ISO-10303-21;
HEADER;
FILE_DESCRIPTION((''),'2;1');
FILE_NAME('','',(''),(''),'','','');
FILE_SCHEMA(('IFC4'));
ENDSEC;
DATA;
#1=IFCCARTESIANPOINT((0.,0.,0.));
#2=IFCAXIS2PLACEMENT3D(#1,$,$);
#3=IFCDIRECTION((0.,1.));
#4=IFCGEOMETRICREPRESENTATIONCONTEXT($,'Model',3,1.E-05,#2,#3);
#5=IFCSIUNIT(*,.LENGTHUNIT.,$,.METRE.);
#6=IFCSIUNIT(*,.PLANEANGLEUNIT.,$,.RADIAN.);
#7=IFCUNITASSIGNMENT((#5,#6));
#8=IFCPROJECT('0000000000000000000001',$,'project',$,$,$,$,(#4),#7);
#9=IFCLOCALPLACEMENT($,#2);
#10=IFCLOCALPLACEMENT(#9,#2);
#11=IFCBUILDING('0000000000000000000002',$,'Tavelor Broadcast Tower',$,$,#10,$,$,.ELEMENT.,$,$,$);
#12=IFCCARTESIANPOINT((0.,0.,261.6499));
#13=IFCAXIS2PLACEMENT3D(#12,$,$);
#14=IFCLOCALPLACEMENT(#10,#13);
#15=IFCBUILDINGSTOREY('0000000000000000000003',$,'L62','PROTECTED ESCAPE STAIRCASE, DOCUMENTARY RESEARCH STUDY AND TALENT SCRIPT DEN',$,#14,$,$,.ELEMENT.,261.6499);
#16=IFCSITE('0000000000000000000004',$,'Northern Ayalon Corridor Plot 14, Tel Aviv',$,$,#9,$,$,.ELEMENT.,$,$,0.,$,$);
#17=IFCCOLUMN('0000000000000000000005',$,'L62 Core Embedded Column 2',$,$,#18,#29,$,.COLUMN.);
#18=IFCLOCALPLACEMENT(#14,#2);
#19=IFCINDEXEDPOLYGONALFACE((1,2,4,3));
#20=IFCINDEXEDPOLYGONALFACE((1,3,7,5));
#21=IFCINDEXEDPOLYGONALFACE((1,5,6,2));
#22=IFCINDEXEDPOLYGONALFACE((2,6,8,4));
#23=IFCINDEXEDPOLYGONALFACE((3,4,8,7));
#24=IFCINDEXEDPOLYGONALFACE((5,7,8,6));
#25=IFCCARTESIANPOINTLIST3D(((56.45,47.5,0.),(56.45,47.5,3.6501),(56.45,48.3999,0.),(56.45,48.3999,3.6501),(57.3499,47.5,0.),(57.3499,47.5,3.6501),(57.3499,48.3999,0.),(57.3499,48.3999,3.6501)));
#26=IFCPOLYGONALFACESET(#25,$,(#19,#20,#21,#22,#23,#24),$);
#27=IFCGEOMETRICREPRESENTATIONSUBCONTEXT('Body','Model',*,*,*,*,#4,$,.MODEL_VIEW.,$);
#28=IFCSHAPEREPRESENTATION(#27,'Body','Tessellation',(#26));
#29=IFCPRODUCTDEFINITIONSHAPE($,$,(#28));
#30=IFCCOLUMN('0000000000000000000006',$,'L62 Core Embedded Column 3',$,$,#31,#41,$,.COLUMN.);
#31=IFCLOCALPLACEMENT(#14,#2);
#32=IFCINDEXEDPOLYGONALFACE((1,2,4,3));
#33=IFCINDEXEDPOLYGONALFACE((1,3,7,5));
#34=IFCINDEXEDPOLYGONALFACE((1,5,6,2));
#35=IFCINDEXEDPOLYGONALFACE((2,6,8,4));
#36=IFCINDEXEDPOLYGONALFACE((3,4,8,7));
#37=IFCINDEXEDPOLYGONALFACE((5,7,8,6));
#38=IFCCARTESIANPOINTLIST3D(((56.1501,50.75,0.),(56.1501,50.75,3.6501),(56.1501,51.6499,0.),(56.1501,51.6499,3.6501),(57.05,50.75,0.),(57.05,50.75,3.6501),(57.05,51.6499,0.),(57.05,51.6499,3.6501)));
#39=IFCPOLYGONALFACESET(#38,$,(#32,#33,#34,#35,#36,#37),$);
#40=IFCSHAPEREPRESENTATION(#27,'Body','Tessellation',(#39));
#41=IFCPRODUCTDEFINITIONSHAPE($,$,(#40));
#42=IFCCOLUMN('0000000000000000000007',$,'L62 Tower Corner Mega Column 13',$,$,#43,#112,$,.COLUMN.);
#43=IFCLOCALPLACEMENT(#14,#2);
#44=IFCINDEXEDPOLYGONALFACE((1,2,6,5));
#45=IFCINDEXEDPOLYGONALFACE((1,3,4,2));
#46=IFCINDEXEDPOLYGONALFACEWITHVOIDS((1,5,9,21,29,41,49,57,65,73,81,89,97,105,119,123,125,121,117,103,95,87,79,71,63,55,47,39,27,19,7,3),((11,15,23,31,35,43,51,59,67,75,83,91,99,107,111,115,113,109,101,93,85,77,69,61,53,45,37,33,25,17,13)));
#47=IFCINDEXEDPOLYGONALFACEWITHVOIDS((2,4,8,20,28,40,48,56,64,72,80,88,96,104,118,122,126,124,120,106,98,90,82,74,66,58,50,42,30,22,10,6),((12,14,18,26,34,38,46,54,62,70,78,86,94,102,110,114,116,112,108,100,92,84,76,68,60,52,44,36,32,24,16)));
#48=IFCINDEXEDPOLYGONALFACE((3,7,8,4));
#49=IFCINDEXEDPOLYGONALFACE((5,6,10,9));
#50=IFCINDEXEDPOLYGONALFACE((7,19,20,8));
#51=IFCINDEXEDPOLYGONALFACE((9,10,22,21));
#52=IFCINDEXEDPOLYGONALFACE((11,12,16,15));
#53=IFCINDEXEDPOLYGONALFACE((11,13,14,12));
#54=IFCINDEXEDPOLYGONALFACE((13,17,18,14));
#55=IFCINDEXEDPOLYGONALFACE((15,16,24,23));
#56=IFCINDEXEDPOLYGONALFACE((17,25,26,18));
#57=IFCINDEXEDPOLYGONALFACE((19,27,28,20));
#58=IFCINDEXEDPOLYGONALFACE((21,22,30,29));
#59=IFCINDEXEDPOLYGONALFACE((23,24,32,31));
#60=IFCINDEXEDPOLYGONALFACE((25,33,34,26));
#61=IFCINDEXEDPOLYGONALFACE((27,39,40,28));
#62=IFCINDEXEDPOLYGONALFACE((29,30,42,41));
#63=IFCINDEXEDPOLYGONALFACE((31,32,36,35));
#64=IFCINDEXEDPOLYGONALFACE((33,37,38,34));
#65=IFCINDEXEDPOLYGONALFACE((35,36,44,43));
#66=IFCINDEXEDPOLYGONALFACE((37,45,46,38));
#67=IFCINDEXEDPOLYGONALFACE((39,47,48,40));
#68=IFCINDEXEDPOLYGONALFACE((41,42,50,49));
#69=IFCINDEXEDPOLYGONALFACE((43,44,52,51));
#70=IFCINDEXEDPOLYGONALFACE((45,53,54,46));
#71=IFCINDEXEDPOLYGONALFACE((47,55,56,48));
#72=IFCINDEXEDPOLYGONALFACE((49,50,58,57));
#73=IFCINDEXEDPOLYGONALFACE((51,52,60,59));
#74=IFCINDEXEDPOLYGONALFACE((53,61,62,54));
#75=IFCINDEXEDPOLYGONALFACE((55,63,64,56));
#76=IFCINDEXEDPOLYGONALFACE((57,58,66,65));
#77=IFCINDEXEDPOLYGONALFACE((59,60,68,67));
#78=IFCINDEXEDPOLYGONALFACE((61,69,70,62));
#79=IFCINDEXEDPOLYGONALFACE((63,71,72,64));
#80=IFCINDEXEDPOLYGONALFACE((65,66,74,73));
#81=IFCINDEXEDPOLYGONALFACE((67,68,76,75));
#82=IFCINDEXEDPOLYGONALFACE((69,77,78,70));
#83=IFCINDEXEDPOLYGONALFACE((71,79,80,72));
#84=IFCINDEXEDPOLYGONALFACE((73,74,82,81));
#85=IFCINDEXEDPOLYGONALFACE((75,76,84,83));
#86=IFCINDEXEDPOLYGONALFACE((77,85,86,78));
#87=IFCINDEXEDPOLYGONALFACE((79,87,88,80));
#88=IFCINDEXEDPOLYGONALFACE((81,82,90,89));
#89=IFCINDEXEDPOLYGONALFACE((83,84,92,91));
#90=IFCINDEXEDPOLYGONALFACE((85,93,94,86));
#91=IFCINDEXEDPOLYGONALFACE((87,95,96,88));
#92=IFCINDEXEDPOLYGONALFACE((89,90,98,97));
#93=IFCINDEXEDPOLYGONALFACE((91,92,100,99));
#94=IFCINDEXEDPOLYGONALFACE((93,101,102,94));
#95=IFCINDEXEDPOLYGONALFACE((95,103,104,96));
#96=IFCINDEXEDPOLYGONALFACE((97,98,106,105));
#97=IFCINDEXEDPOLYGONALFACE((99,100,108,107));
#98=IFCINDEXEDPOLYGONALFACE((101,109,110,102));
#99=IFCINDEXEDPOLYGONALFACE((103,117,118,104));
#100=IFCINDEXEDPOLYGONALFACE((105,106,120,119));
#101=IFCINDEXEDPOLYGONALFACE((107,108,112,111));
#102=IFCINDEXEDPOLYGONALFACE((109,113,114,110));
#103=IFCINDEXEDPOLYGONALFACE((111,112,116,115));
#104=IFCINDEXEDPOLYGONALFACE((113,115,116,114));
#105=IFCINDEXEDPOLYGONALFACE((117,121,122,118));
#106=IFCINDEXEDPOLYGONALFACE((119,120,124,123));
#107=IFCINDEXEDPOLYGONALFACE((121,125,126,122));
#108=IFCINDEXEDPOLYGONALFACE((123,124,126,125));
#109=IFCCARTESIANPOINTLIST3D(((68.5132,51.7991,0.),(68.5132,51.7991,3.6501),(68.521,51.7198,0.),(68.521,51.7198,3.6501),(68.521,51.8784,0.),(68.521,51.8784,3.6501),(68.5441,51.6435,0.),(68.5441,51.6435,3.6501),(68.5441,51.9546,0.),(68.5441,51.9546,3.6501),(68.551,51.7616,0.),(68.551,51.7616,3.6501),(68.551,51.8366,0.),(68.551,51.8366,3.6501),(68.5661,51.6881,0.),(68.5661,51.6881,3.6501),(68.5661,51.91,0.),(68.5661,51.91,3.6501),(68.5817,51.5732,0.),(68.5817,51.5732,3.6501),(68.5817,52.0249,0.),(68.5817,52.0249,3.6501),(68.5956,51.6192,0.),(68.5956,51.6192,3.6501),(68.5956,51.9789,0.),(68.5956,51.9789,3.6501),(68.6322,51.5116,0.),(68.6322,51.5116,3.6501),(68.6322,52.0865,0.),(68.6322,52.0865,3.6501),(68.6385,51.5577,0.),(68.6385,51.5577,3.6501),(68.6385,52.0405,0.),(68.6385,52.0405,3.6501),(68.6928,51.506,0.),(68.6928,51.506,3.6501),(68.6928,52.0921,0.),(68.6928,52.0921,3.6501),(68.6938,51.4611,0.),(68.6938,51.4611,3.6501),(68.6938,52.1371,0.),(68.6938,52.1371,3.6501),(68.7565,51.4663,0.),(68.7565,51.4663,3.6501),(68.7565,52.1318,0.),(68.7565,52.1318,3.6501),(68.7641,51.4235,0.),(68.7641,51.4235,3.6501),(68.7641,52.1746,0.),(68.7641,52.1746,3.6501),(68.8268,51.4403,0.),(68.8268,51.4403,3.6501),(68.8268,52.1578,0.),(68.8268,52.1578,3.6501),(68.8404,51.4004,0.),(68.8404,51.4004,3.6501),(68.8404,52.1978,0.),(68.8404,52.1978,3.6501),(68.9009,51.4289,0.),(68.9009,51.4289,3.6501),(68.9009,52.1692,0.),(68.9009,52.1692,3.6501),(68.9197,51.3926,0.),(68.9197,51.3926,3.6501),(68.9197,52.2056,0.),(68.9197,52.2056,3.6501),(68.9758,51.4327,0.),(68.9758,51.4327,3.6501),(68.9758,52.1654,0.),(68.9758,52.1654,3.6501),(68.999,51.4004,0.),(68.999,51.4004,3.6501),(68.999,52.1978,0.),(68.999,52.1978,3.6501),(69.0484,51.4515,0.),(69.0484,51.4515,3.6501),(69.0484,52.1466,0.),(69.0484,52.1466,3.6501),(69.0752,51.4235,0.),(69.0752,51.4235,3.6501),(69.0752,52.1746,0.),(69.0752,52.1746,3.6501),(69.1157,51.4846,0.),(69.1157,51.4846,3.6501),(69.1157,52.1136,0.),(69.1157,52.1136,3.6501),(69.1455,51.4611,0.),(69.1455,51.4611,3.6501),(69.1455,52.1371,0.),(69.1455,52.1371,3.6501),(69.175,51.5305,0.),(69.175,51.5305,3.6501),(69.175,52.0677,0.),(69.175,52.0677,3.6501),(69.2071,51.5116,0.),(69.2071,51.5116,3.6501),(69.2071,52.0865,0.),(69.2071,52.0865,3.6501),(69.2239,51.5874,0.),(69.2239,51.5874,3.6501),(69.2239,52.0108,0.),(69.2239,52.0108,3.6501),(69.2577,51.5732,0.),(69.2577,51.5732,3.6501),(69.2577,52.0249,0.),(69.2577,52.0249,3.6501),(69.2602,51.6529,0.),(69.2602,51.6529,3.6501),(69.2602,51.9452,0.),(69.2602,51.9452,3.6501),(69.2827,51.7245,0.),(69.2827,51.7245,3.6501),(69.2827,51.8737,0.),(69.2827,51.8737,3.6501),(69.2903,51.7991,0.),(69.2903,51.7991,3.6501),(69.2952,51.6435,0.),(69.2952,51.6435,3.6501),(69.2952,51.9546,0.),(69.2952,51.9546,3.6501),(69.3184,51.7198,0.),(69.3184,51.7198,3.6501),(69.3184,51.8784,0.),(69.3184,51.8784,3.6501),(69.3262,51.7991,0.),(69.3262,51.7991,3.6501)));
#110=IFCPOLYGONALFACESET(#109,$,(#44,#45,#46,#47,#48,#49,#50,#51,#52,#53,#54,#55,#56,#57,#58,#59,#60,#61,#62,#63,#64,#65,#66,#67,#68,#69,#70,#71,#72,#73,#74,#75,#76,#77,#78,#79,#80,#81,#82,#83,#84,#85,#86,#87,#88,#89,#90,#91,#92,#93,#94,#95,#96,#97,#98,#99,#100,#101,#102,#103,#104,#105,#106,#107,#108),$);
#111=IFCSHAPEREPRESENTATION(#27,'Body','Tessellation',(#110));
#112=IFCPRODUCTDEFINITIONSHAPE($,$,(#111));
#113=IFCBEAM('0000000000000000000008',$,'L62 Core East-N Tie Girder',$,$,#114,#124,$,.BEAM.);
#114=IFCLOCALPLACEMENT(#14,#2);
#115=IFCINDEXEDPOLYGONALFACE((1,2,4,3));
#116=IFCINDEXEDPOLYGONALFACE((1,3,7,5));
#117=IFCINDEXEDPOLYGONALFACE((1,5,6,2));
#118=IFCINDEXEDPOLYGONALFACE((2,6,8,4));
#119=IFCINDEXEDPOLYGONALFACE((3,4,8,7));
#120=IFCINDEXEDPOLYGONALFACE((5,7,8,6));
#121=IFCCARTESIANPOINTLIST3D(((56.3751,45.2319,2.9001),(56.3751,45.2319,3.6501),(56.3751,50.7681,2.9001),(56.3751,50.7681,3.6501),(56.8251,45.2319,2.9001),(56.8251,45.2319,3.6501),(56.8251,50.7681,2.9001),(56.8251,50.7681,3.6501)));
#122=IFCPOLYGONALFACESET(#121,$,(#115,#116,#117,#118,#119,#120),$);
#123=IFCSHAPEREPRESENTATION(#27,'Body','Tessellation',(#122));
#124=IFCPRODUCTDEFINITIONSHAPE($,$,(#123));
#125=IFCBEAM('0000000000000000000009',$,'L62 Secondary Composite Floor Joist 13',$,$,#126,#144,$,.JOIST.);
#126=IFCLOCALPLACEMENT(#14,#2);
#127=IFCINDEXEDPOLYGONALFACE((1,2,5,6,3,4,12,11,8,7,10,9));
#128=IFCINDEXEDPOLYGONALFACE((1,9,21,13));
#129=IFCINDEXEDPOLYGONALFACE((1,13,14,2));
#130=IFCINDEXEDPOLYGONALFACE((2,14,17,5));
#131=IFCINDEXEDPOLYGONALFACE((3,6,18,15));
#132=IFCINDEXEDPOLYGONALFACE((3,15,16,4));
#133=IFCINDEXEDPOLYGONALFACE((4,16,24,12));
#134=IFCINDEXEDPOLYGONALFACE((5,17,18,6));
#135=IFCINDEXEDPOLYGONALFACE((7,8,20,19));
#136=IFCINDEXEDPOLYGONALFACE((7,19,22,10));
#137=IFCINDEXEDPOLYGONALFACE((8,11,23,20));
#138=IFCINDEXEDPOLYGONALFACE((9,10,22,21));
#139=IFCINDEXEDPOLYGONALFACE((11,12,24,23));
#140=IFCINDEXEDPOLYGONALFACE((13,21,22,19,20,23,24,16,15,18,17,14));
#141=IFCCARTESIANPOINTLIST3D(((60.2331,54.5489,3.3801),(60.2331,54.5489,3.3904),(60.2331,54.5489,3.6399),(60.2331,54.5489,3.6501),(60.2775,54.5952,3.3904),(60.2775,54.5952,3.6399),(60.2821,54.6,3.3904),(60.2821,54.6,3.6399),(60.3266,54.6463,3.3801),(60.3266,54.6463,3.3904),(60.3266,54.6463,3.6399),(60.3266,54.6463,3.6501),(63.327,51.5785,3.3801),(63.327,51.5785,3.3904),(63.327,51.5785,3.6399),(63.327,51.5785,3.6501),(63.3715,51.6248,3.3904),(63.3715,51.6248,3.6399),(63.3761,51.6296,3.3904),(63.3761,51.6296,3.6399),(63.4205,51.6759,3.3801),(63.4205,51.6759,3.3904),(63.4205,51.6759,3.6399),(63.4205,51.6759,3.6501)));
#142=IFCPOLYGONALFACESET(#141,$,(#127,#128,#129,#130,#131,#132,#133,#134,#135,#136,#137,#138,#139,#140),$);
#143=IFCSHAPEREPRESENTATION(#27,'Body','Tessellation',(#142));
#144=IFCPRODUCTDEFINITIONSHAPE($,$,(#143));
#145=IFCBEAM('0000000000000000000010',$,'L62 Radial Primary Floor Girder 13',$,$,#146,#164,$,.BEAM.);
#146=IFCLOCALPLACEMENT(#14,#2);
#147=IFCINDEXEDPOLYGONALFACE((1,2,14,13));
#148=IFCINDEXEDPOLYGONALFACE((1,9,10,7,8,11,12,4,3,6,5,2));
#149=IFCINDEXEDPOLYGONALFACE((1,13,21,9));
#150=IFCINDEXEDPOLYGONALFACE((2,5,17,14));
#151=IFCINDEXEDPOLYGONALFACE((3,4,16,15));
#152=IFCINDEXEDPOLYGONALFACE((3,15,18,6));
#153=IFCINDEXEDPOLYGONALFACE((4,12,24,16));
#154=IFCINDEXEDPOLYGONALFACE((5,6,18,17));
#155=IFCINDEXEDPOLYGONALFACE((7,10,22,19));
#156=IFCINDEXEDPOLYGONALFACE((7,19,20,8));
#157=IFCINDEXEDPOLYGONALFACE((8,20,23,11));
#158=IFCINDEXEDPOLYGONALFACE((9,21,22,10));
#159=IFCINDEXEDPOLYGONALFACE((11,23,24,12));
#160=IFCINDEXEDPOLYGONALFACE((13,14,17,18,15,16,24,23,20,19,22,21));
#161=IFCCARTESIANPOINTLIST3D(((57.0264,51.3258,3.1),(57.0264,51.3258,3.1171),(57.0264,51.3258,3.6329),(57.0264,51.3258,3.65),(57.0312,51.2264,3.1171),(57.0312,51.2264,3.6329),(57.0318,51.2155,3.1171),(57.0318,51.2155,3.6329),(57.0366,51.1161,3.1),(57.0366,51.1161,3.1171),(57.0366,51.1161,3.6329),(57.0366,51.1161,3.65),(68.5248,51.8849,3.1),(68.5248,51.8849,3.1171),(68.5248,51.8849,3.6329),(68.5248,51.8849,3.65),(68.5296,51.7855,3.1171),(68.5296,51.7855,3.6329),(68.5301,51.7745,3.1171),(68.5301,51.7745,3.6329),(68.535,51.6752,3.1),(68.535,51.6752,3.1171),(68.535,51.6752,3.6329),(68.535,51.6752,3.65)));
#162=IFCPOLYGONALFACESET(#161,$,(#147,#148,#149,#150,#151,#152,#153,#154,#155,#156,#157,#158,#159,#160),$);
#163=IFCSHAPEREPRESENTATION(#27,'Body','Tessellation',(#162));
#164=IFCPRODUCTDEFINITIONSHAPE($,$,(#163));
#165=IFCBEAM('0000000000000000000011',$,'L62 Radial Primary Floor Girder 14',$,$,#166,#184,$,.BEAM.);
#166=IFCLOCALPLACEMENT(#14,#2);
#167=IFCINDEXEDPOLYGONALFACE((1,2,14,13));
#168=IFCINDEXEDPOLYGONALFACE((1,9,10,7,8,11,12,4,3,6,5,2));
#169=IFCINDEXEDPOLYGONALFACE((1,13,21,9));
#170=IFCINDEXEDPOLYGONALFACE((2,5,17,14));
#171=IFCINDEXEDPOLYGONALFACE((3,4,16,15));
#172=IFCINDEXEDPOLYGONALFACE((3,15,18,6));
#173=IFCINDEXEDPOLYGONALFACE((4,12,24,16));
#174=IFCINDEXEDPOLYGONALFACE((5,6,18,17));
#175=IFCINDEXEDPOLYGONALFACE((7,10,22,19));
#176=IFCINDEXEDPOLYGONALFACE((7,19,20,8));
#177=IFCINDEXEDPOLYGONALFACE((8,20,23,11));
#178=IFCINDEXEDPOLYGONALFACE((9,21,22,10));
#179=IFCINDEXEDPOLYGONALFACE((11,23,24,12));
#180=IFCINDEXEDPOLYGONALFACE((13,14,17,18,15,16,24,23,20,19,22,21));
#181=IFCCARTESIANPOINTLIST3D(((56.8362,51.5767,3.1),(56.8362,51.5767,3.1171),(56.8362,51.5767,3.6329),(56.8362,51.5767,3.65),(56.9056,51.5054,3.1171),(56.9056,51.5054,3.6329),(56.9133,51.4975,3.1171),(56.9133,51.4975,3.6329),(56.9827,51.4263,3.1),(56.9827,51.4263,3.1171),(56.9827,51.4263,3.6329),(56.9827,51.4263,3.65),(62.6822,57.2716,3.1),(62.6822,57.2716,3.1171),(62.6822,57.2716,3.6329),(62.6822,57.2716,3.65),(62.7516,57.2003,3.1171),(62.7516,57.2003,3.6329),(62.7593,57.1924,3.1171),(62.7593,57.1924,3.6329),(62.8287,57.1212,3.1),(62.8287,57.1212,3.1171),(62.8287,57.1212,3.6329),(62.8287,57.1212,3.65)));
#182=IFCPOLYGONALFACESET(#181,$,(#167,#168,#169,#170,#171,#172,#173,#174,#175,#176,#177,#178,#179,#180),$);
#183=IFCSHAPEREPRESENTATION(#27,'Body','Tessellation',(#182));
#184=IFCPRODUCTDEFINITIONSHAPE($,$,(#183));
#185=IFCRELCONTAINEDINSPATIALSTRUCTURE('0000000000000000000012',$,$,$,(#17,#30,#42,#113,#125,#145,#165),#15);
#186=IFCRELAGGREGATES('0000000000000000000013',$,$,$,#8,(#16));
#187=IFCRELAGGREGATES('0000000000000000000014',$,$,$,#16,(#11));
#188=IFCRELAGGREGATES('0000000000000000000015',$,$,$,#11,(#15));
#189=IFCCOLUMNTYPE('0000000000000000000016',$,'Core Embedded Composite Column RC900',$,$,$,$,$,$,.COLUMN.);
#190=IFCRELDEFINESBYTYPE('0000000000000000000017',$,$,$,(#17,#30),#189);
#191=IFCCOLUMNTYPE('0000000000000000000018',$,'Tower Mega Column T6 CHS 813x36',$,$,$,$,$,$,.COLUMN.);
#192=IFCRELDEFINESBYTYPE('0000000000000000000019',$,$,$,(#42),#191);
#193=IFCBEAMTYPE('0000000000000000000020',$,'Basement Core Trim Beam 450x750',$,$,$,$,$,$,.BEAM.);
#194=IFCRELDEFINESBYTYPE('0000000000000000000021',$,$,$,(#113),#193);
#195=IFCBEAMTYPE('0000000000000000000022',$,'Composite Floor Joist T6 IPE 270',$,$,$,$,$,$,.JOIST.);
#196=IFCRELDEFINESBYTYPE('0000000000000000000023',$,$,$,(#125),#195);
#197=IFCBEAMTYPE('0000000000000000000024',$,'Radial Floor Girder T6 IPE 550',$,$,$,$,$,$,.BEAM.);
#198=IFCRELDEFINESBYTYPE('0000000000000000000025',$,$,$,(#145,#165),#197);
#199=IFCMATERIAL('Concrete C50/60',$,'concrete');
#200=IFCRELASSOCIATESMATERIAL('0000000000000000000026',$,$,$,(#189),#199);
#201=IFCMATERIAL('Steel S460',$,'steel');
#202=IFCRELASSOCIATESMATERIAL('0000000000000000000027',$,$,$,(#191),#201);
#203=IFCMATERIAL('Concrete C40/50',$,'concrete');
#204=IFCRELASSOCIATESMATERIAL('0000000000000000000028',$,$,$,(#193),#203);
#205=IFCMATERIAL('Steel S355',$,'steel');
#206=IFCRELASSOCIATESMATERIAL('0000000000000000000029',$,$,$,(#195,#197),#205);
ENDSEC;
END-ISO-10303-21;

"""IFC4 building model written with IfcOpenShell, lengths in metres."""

from ifc_helpers import new_model, si_unit, direction, frame, origin, origin_2d, place, context, subcontext, project, spatial, rectangle, hollow_circle, i_section, extrude, material, material_profile, profile_set, type_object, element, save


model = new_model("IFC4")

# Units and contexts
model_context = context("Model", 3, precision=1e-05, world=origin(), true_north=direction((0.0, 1.0)))
body_context = subcontext(model_context, "Body", "Model", "MODEL_VIEW")
ifc_project = project(units=[si_unit("LENGTHUNIT", "METRE"), si_unit("PLANEANGLEUNIT", "RADIAN")], contexts=[model_context])

# Site, building, storey
site_placement = place(None, origin())
site = spatial("IfcSite", under=ifc_project, at=site_placement, Name="Northern Ayalon Corridor Plot 14, Tel Aviv", CompositionType="ELEMENT", RefElevation=0.0)
building_placement = place(site_placement, origin())
building = spatial("IfcBuilding", under=site, at=building_placement, Name="Tavelor Broadcast Tower", CompositionType="ELEMENT")
storey_placement = place(building_placement, frame((0.0, 0.0, 261.6499)))
storey = spatial("IfcBuildingStorey", under=building, at=storey_placement, Name="L62", Description="PROTECTED ESCAPE STAIRCASE, DOCUMENTARY RESEARCH STUDY AND TALENT SCRIPT DEN", CompositionType="ELEMENT", Elevation=261.6499)

# Columns
ifc_material_1 = material(Name="Concrete C50/60", Category="concrete")
ifc_material_profile_1 = material_profile(ifc_material_1, rectangle(XDim=0.8999, YDim=0.8999, at=origin_2d()), Name="RC 900x900")
ifc_profile_set_1 = profile_set([ifc_material_profile_1], Name="Concrete C50/60")
column_type_1 = type_object("IfcColumnType", Name="Core Embedded Composite Column RC900", PredefinedType="COLUMN", material=ifc_profile_set_1)
for number, where, z_axis, x_axis, name in (
    (1, (56.8999, 47.95, 0.0), (0.0, 0.0, 1.0), (1.0, 0.0, 0.0), "L62 Core Embedded Column 2"),
    (2, (56.6001, 51.2, 0.0), (0.0, 0.0, 1.0), (1.0, 0.0, 0.0), "L62 Core Embedded Column 3"),
):
    element("IfcColumn", number, at=place(storey_placement, frame(where, z_axis=z_axis, x_axis=x_axis)), inside=storey, type_object=column_type_1, Name=name, PredefinedType="COLUMN", context=body_context, shape_type="SweptSolid", body=[
        extrude(rectangle(XDim=0.8999, YDim=0.8999, at=origin_2d()), origin(), (0.0, 0.0, 1.0), 3.6501),
    ])
ifc_material_2 = material(Name="Steel S460", Category="steel")
ifc_material_profile_2 = material_profile(ifc_material_2, hollow_circle(Radius=0.4065, WallThickness=0.0359, at=origin_2d()), Name="CHS 813x36")
ifc_profile_set_2 = profile_set([ifc_material_profile_2], Name="Steel S460")
column_type_2 = type_object("IfcColumnType", Name="Tower Mega Column T6 CHS 813x36", PredefinedType="COLUMN", material=ifc_profile_set_2)
column_placement = place(storey_placement, frame((68.9197, 51.7991, 0.0), z_axis=(0.0, 0.0, 1.0), x_axis=(1.0, 0.0, 0.0)))
element("IfcColumn", 3, at=column_placement, inside=storey, type_object=column_type_2, Name="L62 Tower Corner Mega Column 13", PredefinedType="COLUMN", context=body_context, shape_type="SweptSolid", body=[
    extrude(hollow_circle(Radius=0.4065, WallThickness=0.0359, at=origin_2d()), origin(), (0.0, 0.0, 1.0), 3.6501),
])

# Beams
ifc_material_3 = material(Name="Concrete C40/50", Category="concrete")
ifc_material_profile_3 = material_profile(ifc_material_3, rectangle(XDim=0.45, YDim=0.75, at=origin_2d()), Name="RC 450x750")
ifc_profile_set_3 = profile_set([ifc_material_profile_3], Name="Concrete C40/50")
beam_type_1 = type_object("IfcBeamType", Name="Basement Core Trim Beam 450x750", PredefinedType="BEAM", material=ifc_profile_set_3)
beam_1_placement = place(storey_placement, frame((56.6001, 45.2319, 3.2751), z_axis=(0.0, 1.0, 0.0), x_axis=(-1.0, 0.0, 0.0)))
element("IfcBeam", 4, at=beam_1_placement, inside=storey, type_object=beam_type_1, Name="L62 Core East-N Tie Girder", PredefinedType="BEAM", context=body_context, shape_type="SweptSolid", body=[
    extrude(rectangle(XDim=0.45, YDim=0.75, at=origin_2d()), origin(), (0.0, 0.0, 1.0), 5.5361),
])
ifc_material_4 = material(Name="Steel S355", Category="steel")
ifc_material_profile_4 = material_profile(ifc_material_4, i_section(OverallWidth=0.135, OverallDepth=0.27, WebThickness=0.0066, FlangeThickness=0.0103, at=origin_2d()), Name="IPE 270")
ifc_profile_set_4 = profile_set([ifc_material_profile_4], Name="Steel S355")
beam_type_2 = type_object("IfcBeamType", Name="Composite Floor Joist T6 IPE 270", PredefinedType="JOIST", material=ifc_profile_set_4)
beam_2_placement = place(storey_placement, frame((63.3738, 51.6272, 3.5151), z_axis=(-0.721361, 0.692559, 0.0), x_axis=(-0.692559, -0.721361, 0.0)))
element("IfcBeam", 5, at=beam_2_placement, inside=storey, type_object=beam_type_2, Name="L62 Secondary Composite Floor Joist 13", PredefinedType="JOIST", context=body_context, shape_type="SweptSolid", body=[
    extrude(i_section(OverallWidth=0.135, OverallDepth=0.27, WebThickness=0.0066, FlangeThickness=0.0103, at=origin_2d()), origin(), (0.0, 0.0, 1.0), 4.2891),
])
ifc_material_profile_5 = material_profile(ifc_material_4, i_section(OverallWidth=0.21, OverallDepth=0.55, WebThickness=0.011, FlangeThickness=0.0171, at=origin_2d()), Name="IPE 550")
ifc_profile_set_5 = profile_set([ifc_material_profile_5], Name="Steel S355")
beam_type_3 = type_object("IfcBeamType", Name="Radial Floor Girder T6 IPE 550", PredefinedType="BEAM", material=ifc_profile_set_5)
beam_3_placement = place(storey_placement, frame((57.0315, 51.2209, 3.375), z_axis=(0.99882, 0.048566, 0.0), x_axis=(-0.048566, 0.99882, 0.0)))
element("IfcBeam", 6, at=beam_3_placement, inside=storey, type_object=beam_type_3, Name="L62 Radial Primary Floor Girder 13", PredefinedType="BEAM", context=body_context, shape_type="SweptSolid", body=[
    extrude(i_section(OverallWidth=0.21, OverallDepth=0.55, WebThickness=0.011, FlangeThickness=0.0171, at=origin_2d()), origin(), (0.0, 0.0, 1.0), 11.512),
])
beam_4_placement = place(storey_placement, frame((56.9094, 51.5015, 3.375), z_axis=(0.716305, 0.697788, 0.0), x_axis=(-0.697788, 0.716305, 0.0)))
element("IfcBeam", 7, at=beam_4_placement, inside=storey, type_object=beam_type_3, Name="L62 Radial Primary Floor Girder 14", PredefinedType="BEAM", context=body_context, shape_type="SweptSolid", body=[
    extrude(i_section(OverallWidth=0.21, OverallDepth=0.55, WebThickness=0.011, FlangeThickness=0.0171, at=origin_2d()), origin(), (0.0, 0.0, 1.0), 8.1614),
])

save(model, "model.ifc")
